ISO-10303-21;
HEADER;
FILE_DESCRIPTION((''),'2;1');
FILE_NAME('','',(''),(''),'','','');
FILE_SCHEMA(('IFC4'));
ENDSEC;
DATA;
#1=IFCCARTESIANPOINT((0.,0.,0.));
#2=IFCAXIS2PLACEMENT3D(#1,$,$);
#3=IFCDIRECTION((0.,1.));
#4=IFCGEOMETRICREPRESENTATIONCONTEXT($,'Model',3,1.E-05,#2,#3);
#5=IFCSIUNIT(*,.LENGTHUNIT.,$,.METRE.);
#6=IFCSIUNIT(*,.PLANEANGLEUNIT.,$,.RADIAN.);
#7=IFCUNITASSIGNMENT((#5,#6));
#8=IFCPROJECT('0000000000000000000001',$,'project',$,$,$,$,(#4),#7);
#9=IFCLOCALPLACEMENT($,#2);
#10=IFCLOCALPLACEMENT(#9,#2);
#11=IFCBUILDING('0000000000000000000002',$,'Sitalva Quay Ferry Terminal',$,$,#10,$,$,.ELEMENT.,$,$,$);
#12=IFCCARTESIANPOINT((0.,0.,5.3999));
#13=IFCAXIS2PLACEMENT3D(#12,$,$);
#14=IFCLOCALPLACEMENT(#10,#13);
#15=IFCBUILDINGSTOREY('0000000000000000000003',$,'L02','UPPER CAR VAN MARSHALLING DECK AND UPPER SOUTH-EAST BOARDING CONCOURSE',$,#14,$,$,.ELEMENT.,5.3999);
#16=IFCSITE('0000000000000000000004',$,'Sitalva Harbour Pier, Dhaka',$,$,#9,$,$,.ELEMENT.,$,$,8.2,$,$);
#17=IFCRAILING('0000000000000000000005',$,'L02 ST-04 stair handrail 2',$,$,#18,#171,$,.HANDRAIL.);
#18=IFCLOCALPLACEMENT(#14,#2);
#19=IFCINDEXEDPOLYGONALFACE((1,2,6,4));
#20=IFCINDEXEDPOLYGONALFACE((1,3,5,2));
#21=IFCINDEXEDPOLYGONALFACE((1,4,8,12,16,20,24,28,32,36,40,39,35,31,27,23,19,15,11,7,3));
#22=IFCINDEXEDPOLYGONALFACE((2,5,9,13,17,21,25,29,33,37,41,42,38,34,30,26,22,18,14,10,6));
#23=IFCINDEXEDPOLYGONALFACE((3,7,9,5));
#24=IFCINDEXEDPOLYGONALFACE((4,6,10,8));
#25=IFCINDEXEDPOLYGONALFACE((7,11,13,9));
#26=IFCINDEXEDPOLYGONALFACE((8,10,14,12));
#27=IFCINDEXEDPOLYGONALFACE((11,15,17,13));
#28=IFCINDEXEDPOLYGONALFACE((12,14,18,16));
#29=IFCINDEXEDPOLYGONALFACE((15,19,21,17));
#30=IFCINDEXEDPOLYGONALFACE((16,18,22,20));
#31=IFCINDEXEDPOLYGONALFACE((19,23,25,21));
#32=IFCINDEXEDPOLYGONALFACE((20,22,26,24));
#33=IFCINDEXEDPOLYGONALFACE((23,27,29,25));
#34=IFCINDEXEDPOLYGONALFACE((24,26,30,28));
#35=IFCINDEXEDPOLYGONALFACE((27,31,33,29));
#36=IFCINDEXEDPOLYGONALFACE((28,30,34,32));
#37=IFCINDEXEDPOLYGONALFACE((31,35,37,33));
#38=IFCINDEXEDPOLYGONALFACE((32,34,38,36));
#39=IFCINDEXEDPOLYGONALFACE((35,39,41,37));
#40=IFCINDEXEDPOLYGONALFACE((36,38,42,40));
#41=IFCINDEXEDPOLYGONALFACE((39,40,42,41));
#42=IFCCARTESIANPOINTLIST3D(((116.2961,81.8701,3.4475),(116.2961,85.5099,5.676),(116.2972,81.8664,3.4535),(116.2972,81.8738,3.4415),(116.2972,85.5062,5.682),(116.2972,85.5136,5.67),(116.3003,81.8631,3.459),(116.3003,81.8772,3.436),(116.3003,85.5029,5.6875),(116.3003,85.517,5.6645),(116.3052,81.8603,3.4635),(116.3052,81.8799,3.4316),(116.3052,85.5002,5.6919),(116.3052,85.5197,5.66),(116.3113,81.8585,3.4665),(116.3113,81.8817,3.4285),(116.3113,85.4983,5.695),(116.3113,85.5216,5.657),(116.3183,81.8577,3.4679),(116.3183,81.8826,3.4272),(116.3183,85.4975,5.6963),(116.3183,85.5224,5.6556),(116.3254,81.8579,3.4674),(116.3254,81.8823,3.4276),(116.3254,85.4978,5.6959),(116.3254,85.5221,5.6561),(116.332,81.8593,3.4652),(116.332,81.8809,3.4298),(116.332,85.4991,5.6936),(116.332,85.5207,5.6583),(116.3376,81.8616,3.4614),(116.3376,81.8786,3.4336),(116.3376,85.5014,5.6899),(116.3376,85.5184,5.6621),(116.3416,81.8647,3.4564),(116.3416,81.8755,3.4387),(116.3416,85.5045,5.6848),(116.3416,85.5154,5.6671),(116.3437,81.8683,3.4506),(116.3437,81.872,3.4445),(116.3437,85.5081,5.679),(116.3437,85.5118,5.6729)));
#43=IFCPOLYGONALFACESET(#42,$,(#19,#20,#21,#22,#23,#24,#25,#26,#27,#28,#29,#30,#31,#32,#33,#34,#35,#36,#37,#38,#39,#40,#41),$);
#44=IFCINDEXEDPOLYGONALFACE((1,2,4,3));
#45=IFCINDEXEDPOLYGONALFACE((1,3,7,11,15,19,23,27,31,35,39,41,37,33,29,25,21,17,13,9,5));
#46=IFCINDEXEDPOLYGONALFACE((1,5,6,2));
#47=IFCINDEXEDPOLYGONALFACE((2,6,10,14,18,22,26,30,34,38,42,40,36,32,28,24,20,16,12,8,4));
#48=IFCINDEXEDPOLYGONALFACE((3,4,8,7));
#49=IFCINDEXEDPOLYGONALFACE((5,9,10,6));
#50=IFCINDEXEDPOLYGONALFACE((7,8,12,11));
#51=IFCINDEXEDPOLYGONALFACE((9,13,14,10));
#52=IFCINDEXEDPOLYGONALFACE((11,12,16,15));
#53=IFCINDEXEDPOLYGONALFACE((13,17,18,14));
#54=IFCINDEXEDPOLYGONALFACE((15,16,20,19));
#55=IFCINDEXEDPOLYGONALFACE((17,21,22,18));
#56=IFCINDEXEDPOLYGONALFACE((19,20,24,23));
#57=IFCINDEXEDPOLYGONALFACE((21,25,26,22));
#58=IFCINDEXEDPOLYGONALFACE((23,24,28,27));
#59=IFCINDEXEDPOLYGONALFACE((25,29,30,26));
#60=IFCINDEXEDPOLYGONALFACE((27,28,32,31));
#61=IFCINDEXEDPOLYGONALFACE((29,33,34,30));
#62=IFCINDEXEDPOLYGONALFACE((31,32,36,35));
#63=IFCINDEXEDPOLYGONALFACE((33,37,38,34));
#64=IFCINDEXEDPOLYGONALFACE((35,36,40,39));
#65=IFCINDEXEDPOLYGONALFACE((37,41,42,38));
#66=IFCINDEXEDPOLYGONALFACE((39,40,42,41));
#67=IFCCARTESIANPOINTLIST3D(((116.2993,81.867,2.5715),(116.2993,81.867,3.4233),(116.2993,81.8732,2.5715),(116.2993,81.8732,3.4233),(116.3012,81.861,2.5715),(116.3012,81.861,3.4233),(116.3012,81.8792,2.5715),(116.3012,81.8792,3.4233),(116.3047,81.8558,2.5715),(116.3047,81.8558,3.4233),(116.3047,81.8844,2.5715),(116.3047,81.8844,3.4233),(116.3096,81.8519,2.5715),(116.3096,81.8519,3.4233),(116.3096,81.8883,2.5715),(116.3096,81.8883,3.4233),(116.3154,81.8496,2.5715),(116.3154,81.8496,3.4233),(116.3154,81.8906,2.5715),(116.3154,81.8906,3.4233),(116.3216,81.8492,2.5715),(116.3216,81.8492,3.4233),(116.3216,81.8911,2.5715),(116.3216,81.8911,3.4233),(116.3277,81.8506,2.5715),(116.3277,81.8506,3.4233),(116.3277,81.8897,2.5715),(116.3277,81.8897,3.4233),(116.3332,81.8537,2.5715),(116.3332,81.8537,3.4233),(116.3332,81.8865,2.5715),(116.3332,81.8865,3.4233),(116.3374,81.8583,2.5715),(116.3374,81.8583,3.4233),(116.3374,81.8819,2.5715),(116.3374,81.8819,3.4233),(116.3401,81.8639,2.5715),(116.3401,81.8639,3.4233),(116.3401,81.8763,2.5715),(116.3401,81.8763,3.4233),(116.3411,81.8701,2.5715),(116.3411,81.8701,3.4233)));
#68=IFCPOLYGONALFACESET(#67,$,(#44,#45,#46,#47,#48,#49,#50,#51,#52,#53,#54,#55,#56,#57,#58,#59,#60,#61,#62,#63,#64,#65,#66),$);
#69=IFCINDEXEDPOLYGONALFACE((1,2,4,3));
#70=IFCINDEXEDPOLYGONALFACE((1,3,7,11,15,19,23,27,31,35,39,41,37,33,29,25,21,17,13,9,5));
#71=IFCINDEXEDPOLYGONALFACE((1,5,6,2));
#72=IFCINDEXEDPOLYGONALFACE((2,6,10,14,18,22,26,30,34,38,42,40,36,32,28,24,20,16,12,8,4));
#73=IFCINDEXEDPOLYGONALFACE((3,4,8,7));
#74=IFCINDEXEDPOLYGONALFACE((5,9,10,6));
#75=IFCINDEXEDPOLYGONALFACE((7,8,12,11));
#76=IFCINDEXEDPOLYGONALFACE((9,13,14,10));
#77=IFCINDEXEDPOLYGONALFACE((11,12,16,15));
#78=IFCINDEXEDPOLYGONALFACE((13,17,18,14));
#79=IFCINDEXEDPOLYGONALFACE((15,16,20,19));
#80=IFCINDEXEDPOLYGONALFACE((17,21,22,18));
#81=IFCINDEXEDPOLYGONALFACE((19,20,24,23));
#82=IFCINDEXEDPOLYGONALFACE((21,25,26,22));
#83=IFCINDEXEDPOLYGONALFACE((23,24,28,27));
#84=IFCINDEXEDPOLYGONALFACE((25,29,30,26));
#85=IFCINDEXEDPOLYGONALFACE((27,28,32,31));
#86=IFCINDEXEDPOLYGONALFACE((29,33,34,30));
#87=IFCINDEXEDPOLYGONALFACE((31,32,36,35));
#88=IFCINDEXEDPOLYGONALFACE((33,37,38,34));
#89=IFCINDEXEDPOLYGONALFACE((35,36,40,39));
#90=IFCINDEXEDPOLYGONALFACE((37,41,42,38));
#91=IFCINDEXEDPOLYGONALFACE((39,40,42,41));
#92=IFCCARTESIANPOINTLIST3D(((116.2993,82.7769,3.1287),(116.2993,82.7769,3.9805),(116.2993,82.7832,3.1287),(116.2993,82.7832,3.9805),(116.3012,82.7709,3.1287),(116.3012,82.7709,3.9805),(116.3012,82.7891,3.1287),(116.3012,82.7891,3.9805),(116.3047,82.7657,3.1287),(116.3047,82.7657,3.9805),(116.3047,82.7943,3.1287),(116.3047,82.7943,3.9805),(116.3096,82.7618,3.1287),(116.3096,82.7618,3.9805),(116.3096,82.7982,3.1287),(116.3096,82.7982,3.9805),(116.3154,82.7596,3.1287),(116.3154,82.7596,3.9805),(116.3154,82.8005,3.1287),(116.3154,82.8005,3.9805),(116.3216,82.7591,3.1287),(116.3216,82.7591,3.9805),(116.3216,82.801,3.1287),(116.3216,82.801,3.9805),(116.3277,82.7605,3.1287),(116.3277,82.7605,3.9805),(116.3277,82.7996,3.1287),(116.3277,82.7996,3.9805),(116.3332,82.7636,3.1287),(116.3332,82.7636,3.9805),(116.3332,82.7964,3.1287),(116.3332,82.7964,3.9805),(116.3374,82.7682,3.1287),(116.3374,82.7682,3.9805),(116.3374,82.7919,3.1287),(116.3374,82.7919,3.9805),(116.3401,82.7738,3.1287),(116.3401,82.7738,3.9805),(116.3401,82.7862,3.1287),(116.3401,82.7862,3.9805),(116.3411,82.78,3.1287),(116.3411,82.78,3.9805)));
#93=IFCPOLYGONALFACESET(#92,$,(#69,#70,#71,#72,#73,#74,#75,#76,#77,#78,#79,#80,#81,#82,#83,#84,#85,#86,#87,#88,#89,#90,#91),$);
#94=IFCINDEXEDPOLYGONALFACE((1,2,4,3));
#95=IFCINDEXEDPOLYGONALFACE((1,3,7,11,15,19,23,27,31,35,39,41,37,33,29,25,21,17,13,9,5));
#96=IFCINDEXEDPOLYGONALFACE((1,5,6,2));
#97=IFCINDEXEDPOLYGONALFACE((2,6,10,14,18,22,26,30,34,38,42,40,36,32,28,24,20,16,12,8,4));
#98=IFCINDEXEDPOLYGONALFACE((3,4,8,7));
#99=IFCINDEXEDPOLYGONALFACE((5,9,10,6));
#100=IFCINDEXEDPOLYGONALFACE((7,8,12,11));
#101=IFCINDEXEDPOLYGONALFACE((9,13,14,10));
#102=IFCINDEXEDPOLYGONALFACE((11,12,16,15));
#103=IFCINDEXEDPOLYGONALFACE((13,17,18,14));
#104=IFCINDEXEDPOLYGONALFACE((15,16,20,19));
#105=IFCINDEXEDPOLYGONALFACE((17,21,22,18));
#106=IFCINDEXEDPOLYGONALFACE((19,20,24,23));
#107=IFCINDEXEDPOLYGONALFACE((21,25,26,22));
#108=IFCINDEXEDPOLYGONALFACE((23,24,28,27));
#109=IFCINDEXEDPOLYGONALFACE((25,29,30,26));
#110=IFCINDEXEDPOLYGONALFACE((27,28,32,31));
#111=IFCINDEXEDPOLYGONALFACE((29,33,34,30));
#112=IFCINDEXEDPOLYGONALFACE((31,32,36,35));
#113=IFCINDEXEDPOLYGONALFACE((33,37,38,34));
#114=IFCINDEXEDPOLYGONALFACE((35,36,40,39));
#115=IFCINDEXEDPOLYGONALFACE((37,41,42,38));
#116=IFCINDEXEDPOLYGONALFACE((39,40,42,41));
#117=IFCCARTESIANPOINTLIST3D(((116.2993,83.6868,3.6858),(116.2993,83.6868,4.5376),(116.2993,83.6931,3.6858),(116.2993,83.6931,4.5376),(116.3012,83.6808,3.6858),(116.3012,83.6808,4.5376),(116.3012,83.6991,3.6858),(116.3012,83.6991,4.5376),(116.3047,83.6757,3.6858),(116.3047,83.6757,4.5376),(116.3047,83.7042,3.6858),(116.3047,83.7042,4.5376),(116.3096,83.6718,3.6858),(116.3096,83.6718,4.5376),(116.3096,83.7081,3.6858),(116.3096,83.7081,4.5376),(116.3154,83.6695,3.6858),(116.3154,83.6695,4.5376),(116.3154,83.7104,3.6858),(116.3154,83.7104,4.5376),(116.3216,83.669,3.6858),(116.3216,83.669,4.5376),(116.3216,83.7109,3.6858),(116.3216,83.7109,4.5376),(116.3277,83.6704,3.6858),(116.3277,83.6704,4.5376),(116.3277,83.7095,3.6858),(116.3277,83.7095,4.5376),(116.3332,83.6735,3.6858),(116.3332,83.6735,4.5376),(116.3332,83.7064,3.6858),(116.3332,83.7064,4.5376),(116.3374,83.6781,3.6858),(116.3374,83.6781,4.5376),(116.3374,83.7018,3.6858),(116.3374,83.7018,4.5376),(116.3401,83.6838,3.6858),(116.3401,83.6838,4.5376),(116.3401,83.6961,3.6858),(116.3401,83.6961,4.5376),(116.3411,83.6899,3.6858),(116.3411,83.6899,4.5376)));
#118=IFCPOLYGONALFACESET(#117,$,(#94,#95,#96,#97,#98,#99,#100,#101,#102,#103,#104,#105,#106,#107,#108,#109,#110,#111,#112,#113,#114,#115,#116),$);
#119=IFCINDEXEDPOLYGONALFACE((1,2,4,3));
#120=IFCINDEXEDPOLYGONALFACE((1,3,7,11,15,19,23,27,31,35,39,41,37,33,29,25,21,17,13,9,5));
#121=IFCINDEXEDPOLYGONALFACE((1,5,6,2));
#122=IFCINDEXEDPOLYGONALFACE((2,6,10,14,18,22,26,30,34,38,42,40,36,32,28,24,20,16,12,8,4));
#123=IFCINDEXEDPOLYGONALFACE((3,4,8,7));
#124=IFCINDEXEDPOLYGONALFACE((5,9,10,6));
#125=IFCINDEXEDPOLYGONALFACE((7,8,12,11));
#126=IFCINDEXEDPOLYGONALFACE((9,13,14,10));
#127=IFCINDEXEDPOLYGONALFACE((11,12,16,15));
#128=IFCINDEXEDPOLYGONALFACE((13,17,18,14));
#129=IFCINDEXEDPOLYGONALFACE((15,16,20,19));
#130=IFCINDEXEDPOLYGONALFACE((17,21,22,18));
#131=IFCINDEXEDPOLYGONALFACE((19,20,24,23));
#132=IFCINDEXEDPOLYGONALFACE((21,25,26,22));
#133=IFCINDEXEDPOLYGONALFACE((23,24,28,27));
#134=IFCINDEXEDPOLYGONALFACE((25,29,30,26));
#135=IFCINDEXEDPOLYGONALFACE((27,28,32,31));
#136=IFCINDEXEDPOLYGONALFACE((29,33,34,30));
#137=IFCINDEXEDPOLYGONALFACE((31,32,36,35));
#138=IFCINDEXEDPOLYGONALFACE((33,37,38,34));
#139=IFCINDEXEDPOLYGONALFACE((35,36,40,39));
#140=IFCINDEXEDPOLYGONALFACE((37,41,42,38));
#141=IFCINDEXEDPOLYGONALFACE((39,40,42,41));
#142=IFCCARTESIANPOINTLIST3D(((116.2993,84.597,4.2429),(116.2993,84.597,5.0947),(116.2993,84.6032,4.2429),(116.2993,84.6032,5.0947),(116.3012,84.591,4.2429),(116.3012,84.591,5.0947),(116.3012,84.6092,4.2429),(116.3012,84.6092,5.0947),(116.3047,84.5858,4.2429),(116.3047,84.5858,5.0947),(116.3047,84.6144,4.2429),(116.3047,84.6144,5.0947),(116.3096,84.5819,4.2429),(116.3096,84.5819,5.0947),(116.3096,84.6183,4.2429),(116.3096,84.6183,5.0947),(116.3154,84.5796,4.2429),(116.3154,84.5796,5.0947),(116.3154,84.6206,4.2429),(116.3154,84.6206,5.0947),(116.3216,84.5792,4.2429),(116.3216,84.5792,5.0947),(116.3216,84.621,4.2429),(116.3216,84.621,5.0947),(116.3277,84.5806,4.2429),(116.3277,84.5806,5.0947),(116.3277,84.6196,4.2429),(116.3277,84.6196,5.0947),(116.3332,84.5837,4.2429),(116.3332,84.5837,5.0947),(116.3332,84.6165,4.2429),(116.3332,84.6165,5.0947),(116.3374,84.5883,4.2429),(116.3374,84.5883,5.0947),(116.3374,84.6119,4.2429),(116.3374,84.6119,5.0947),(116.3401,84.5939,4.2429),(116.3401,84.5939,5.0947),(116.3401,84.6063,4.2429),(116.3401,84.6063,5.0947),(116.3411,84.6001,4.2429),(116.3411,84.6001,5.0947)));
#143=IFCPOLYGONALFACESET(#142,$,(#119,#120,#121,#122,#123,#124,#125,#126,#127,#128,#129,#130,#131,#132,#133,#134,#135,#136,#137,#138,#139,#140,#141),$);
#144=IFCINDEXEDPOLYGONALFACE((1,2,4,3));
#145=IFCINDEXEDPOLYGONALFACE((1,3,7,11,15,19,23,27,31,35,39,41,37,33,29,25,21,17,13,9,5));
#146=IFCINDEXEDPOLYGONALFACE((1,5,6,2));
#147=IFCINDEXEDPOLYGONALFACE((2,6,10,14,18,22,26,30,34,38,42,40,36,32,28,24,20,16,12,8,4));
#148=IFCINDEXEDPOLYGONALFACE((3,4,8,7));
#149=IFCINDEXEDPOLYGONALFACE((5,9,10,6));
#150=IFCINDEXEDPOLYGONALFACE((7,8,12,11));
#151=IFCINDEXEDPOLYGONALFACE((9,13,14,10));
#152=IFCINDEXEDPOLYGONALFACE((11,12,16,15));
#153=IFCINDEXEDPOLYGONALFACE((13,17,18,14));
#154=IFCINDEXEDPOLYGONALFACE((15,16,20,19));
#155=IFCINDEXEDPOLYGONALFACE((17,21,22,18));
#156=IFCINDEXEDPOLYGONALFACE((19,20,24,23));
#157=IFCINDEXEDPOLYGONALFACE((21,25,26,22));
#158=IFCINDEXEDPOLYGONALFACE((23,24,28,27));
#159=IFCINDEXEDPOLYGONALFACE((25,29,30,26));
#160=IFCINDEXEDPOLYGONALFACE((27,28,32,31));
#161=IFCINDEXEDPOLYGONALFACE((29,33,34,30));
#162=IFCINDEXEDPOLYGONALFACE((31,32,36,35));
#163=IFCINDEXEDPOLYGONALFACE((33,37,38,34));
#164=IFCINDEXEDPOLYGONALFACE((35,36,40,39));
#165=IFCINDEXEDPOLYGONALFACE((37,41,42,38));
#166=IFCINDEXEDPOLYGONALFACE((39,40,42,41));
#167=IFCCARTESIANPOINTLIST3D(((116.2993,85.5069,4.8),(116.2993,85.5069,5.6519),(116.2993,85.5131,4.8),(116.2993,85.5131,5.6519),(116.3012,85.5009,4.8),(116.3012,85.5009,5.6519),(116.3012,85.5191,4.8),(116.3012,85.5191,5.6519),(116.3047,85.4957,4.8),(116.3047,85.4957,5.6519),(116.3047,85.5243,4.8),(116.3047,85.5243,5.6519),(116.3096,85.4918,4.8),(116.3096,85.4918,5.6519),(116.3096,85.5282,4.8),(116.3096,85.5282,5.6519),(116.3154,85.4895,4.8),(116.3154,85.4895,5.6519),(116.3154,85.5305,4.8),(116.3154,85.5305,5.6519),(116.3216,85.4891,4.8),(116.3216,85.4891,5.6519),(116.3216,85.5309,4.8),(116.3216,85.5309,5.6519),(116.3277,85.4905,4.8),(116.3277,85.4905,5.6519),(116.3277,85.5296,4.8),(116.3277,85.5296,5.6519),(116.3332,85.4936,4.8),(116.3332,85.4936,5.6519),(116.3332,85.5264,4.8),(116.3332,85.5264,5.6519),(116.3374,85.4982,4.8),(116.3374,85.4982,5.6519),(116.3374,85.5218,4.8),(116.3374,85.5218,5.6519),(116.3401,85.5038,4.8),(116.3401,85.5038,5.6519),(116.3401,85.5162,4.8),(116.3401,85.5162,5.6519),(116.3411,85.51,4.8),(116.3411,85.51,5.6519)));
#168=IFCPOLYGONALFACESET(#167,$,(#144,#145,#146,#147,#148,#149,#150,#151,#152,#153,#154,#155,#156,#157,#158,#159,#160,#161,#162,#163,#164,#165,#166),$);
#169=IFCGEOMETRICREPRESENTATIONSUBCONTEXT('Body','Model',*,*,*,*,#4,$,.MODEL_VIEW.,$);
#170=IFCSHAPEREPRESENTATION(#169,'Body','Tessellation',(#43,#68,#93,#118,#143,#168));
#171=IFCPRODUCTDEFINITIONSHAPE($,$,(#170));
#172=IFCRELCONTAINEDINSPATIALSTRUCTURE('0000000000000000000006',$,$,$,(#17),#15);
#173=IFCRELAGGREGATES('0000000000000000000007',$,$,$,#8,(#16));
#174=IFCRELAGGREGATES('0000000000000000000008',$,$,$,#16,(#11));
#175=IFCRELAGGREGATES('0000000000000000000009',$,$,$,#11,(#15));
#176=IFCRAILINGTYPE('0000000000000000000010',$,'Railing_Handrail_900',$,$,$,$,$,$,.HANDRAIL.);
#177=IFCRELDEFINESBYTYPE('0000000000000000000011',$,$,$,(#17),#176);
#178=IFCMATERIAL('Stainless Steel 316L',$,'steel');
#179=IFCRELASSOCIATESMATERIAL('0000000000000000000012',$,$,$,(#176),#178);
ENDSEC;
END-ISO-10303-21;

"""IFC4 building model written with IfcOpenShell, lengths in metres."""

from ifc_helpers import new_model, si_unit, direction, frame, origin, origin_2d, place, context, subcontext, project, spatial, circle, extrude, material, type_object, element, save


model = new_model("IFC4")

# Units and contexts
model_context = context("Model", 3, precision=1e-05, world=origin(), true_north=direction((0.0, 1.0)))
body_context = subcontext(model_context, "Body", "Model", "MODEL_VIEW")
ifc_project = project(units=[si_unit("LENGTHUNIT", "METRE"), si_unit("PLANEANGLEUNIT", "RADIAN")], contexts=[model_context])

# Site, building, storey
site_placement = place(None, origin())
site = spatial("IfcSite", under=ifc_project, at=site_placement, Name="Sitalva Harbour Pier, Dhaka", CompositionType="ELEMENT", RefElevation=8.2)
building_placement = place(site_placement, origin())
building = spatial("IfcBuilding", under=site, at=building_placement, Name="Sitalva Quay Ferry Terminal", CompositionType="ELEMENT")
storey_placement = place(building_placement, frame((0.0, 0.0, 5.3999)))
storey = spatial("IfcBuildingStorey", under=building, at=storey_placement, Name="L02", Description="UPPER CAR VAN MARSHALLING DECK AND UPPER SOUTH-EAST BOARDING CONCOURSE", CompositionType="ELEMENT", Elevation=5.3999)

# Railing
ifc_material_1 = material(Name="Stainless Steel 316L", Category="steel")
railing_type_1 = type_object("IfcRailingType", Name="Railing_Handrail_900", PredefinedType="HANDRAIL", material=ifc_material_1)
railing_1_placement = place(storey_placement, frame((116.3201, 81.8701, 2.5715)))
element("IfcRailing", 1, at=railing_1_placement, inside=storey, type_object=railing_type_1, Name="L02 ST-04 stair handrail 2", PredefinedType="HANDRAIL", context=body_context, shape_type="SweptSolid", body=[
    extrude(circle(Radius=0.0239, at=origin_2d()), frame((0.0, 0.0, 0.876), z_axis=(0.0, 0.85285, 0.522156), x_axis=(-1.0, 0.0, 0.0)), (0.0, 0.0, 1.0), 4.2678),
    extrude(circle(Radius=0.021, at=origin_2d()), origin(), (0.0, 0.0, 1.0), 0.8518),
    extrude(circle(Radius=0.021, at=origin_2d()), frame((0.0, 0.9099, 0.5571)), (0.0, 0.0, 1.0), 0.8518),
    extrude(circle(Radius=0.021, at=origin_2d()), frame((0.0, 1.8198, 1.1143)), (0.0, 0.0, 1.0), 0.8518),
    extrude(circle(Radius=0.021, at=origin_2d()), frame((0.0, 2.73, 1.6714)), (0.0, 0.0, 1.0), 0.8518),
    extrude(circle(Radius=0.021, at=origin_2d()), frame((0.0, 3.6399, 2.2285)), (0.0, 0.0, 1.0), 0.8518),
])

save(model, "model.ifc")
